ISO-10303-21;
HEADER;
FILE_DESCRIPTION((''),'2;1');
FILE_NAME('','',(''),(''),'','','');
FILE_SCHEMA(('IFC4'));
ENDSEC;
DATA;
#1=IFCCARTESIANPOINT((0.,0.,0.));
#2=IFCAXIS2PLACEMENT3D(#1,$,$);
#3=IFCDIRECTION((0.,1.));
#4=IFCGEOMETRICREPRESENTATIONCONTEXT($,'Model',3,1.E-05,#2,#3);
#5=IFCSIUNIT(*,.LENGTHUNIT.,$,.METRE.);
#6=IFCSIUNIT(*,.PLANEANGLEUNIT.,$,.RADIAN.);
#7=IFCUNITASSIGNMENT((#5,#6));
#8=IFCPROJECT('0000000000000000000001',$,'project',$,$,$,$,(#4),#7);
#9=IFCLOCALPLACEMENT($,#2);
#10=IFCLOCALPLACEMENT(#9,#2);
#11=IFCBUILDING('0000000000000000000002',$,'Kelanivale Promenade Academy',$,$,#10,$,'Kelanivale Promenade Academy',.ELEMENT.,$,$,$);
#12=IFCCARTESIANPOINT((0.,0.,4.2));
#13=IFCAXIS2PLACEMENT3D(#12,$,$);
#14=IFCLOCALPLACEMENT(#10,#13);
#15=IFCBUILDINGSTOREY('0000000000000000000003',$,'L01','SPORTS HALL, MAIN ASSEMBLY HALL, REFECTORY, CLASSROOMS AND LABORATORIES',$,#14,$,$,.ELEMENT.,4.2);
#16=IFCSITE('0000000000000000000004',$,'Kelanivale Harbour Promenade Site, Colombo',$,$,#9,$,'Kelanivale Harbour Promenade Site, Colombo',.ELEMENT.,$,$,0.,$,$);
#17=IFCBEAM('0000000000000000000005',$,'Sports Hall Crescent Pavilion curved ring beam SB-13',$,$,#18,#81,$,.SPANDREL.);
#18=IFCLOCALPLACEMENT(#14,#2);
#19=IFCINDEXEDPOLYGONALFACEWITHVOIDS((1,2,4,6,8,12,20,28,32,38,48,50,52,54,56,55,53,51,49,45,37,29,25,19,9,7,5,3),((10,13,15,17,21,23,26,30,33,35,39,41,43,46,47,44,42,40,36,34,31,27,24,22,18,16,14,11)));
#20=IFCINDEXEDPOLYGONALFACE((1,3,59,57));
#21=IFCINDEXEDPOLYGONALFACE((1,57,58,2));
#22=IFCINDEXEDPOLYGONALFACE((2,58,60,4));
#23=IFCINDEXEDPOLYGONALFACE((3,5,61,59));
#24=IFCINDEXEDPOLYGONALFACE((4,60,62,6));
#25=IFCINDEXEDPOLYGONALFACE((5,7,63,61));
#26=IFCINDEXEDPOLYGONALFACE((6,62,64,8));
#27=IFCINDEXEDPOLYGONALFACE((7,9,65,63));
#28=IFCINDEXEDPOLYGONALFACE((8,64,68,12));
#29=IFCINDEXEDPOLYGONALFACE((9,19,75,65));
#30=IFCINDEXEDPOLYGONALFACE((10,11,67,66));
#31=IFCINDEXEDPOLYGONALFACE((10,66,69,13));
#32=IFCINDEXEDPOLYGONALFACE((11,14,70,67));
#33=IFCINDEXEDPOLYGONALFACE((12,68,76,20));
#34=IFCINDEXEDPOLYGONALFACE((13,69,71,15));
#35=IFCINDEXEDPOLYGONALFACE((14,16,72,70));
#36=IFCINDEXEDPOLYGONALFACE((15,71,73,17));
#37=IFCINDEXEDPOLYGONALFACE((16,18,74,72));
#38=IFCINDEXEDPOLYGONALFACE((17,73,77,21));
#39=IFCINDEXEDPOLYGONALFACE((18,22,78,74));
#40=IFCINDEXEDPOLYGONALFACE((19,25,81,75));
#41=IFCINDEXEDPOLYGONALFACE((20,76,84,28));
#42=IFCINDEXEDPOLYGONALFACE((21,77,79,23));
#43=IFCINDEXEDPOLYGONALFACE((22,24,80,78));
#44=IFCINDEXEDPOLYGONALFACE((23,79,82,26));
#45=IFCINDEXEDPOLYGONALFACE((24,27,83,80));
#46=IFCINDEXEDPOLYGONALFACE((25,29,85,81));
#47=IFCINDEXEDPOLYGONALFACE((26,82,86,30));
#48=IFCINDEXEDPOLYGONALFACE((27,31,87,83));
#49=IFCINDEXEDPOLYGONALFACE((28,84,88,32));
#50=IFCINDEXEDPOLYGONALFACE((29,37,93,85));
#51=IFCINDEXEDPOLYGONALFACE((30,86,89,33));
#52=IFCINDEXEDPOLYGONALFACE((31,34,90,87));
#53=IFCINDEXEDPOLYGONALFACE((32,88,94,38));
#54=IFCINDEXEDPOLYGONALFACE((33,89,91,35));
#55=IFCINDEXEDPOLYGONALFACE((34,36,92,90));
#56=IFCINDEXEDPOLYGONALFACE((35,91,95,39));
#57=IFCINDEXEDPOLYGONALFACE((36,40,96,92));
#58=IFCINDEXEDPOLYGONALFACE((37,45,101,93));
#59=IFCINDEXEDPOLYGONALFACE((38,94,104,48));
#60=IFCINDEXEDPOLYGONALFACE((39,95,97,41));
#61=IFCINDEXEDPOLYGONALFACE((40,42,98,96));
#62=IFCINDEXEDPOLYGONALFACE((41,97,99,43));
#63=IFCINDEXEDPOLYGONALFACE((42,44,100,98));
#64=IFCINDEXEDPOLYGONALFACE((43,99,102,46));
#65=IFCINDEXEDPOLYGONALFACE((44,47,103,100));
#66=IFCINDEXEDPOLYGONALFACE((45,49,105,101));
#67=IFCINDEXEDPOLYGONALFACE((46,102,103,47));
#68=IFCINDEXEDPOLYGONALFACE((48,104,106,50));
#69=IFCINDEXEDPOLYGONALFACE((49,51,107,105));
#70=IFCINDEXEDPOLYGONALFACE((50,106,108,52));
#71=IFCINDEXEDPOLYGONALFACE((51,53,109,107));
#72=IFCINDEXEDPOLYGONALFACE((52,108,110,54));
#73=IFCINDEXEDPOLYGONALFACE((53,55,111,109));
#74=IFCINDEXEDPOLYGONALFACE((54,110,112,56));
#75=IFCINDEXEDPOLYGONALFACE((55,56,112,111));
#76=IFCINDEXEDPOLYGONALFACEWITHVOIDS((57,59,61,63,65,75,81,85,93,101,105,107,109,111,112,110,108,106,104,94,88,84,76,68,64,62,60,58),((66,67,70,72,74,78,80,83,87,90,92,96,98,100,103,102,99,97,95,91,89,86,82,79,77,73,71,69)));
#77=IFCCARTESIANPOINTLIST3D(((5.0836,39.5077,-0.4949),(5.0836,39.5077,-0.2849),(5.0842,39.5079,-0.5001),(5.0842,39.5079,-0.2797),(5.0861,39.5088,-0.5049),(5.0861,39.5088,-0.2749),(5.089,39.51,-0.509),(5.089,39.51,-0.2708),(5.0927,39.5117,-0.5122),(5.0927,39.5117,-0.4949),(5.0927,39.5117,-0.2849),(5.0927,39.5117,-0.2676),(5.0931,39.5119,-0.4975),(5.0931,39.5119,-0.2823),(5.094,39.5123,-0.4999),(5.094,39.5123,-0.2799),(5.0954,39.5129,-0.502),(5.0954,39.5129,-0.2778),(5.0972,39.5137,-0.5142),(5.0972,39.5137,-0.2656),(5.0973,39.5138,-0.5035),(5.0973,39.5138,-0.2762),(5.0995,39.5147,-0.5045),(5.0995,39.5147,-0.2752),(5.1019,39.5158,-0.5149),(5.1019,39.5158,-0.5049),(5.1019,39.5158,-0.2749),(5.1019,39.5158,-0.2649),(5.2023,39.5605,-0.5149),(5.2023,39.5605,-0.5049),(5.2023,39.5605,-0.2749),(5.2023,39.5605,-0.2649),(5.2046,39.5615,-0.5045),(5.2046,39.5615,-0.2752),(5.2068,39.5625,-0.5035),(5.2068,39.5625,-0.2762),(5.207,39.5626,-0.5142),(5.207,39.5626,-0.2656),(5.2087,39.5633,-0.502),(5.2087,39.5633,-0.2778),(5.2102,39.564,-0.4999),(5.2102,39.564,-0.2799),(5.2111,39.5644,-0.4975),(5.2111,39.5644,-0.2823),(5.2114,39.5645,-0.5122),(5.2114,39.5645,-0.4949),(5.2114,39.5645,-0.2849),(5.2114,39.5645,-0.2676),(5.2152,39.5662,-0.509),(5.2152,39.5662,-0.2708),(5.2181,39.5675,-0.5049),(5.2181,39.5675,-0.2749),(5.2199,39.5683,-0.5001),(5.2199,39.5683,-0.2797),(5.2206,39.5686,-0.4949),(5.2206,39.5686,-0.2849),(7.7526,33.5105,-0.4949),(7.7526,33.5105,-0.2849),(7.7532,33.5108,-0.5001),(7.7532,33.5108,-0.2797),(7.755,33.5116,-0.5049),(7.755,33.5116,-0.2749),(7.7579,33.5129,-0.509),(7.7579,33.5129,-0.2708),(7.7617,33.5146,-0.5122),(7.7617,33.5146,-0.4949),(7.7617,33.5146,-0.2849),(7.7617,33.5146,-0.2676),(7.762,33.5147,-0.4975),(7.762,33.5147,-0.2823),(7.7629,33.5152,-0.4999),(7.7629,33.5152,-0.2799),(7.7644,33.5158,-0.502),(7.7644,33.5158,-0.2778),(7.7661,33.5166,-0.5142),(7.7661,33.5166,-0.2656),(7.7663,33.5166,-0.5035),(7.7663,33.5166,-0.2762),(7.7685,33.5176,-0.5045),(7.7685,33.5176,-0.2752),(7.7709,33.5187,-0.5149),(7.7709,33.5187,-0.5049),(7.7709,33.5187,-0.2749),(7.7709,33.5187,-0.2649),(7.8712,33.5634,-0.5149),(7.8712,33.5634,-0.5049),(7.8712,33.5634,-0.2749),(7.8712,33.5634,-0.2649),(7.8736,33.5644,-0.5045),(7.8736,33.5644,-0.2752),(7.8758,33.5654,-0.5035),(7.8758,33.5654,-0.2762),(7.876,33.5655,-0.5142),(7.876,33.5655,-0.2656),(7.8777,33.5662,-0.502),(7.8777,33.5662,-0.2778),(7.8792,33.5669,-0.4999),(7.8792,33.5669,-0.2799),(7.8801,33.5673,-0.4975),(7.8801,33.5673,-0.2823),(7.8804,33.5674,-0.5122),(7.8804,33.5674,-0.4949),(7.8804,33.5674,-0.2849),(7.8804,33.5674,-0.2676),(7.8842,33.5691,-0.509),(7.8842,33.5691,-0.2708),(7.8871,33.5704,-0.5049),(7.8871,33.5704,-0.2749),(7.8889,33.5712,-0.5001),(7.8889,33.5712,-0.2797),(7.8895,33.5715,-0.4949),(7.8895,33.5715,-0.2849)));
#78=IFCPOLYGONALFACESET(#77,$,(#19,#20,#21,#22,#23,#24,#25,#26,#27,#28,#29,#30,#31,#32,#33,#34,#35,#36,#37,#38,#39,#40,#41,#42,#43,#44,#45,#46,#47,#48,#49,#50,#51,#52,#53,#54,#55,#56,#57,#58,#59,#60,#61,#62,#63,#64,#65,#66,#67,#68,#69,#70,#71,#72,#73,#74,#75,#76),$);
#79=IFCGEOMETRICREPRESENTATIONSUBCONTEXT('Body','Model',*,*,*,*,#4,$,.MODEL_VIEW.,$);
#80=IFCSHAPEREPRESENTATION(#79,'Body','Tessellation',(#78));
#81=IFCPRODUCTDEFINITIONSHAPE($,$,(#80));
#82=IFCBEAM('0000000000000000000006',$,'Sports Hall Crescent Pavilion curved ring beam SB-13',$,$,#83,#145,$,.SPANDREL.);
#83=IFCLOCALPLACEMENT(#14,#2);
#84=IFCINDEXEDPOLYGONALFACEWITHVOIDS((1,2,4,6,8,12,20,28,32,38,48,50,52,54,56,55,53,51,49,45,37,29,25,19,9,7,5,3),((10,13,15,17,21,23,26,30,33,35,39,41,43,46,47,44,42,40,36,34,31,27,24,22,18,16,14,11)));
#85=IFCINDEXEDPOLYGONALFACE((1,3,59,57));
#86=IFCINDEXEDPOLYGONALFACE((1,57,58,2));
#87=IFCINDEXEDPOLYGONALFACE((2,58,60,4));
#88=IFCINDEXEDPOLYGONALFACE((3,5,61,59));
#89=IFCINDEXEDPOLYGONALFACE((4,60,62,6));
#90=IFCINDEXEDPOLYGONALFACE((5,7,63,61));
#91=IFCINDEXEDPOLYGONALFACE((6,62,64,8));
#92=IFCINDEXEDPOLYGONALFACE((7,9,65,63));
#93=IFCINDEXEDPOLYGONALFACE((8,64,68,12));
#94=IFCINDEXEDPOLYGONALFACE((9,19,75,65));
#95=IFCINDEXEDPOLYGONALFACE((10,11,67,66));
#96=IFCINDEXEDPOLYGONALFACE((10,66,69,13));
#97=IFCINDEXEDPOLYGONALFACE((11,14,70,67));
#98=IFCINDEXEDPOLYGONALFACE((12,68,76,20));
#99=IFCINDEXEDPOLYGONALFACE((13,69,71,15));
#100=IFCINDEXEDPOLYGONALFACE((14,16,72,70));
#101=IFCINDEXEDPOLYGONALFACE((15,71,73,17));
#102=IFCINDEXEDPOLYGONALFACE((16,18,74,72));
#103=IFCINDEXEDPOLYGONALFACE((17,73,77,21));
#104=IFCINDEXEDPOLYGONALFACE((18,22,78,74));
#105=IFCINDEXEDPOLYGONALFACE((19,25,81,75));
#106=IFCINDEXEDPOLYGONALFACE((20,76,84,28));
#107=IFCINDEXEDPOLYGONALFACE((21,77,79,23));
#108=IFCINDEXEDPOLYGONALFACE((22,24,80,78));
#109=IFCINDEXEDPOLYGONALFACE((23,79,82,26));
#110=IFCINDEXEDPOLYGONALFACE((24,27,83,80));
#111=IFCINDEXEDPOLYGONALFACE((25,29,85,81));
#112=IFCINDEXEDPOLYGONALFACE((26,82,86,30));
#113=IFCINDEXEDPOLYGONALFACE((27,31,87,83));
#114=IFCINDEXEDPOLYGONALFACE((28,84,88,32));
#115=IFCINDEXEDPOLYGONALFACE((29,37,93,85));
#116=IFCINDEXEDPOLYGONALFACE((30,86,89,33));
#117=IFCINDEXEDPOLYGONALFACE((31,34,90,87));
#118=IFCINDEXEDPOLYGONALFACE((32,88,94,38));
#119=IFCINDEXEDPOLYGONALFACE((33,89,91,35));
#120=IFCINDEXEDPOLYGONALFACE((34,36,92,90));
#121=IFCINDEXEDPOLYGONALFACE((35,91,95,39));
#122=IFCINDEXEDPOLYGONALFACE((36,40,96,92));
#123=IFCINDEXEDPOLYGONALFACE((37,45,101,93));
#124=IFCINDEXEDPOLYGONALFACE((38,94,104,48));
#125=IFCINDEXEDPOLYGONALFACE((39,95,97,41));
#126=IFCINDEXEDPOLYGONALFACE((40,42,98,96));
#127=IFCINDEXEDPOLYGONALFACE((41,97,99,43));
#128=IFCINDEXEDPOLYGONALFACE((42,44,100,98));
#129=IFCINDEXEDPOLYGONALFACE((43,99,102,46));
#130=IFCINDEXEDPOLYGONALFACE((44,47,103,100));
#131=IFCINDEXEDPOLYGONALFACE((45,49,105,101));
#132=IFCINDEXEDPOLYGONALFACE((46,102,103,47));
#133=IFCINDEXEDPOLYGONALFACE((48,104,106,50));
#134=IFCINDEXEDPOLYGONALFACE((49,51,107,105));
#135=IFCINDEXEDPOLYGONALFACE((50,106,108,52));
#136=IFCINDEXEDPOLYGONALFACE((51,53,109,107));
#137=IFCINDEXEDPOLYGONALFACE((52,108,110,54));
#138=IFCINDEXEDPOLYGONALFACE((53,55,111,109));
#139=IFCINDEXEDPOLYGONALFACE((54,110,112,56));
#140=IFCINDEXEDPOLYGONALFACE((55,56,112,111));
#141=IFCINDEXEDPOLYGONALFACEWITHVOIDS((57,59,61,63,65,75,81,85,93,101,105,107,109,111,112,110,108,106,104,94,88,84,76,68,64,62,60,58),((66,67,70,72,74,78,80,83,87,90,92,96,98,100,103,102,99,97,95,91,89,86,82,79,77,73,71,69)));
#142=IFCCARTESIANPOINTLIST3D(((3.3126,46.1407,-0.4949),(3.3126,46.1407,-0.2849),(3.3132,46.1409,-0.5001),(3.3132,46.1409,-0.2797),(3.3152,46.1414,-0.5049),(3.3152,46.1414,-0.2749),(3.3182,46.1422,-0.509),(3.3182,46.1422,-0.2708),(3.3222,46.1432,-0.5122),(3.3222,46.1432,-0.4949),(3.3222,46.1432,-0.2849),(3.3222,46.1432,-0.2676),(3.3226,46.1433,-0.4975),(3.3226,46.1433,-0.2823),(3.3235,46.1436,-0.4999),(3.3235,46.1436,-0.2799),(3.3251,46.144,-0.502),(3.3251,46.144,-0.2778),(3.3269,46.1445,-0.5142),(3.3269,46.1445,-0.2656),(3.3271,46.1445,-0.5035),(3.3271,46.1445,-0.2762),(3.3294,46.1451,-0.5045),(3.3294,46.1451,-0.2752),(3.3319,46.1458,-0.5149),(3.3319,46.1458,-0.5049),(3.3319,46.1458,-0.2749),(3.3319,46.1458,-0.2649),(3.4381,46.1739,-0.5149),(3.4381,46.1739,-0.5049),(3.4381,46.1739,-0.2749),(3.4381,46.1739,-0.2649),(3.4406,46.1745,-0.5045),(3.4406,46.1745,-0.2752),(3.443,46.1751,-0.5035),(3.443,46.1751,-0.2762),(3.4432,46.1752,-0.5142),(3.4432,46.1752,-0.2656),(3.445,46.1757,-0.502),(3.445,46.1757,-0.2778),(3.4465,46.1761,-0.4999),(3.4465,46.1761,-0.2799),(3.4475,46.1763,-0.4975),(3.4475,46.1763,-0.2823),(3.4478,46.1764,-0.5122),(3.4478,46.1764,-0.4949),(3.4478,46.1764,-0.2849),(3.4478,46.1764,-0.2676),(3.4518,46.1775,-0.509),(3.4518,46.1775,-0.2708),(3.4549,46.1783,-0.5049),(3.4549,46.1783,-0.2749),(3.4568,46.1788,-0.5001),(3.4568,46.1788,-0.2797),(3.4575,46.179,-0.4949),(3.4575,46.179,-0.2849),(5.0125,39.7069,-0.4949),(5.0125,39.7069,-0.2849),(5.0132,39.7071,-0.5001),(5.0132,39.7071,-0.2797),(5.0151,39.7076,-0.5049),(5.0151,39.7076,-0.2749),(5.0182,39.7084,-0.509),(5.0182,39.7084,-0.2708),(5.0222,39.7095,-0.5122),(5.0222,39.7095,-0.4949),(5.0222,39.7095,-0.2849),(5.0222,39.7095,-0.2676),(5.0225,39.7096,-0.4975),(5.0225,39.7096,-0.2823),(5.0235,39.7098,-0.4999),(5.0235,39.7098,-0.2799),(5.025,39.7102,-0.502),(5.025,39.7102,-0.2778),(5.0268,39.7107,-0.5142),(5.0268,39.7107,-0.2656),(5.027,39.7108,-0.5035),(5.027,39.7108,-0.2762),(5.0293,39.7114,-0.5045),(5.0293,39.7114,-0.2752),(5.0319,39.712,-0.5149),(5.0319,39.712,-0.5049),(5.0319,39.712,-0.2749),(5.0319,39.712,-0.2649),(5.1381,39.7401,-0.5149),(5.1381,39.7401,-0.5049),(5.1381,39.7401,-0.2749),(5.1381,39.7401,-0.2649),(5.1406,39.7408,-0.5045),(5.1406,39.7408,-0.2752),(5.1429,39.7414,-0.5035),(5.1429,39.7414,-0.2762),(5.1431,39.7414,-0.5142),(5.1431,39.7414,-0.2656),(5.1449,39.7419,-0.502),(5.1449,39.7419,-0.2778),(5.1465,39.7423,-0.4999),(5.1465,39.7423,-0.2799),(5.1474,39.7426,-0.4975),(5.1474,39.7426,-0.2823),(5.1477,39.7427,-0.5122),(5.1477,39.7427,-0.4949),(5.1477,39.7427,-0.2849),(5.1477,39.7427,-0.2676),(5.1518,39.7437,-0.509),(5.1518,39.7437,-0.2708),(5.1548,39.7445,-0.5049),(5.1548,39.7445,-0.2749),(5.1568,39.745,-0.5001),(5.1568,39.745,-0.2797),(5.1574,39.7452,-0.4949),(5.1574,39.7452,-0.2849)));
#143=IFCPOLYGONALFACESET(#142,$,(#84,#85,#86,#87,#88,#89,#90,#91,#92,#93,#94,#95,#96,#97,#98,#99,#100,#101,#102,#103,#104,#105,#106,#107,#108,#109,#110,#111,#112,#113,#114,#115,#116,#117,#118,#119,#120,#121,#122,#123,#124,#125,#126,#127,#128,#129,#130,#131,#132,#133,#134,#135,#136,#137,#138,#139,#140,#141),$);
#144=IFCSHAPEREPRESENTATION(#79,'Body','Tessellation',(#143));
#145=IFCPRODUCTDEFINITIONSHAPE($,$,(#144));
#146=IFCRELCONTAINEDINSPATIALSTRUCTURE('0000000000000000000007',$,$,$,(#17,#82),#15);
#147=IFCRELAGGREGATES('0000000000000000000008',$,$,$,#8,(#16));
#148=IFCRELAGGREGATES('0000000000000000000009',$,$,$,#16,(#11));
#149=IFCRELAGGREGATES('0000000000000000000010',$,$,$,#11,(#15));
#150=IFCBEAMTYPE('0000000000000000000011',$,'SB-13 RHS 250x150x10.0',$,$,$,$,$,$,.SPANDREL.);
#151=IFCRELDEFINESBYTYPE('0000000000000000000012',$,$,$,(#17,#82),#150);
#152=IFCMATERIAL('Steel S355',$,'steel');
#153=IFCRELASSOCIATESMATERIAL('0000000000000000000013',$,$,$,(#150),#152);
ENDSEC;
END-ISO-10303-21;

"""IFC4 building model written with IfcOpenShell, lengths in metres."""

from ifc_helpers import new_model, si_unit, direction, frame, origin, origin_2d, place, context, subcontext, project, spatial, hollow_rectangle, extrude, material, material_profile, profile_set, type_object, element, save


model = new_model("IFC4")

# Units and contexts
model_context = context("Model", 3, precision=1e-05, world=origin(), true_north=direction((0.0, 1.0)))
body_context = subcontext(model_context, "Body", "Model", "MODEL_VIEW")
ifc_project = project(units=[si_unit("LENGTHUNIT", "METRE"), si_unit("PLANEANGLEUNIT", "RADIAN")], contexts=[model_context])

# Site, building, storey
site_placement = place(None, origin())
site = spatial("IfcSite", under=ifc_project, at=site_placement, Name="Kelanivale Harbour Promenade Site, Colombo", LongName="Kelanivale Harbour Promenade Site, Colombo", CompositionType="ELEMENT", RefElevation=0.0)
building_placement = place(site_placement, origin())
building = spatial("IfcBuilding", under=site, at=building_placement, Name="Kelanivale Promenade Academy", LongName="Kelanivale Promenade Academy", CompositionType="ELEMENT")
storey_placement = place(building_placement, frame((0.0, 0.0, 4.2)))
storey = spatial("IfcBuildingStorey", under=building, at=storey_placement, Name="L01", Description="SPORTS HALL, MAIN ASSEMBLY HALL, REFECTORY, CLASSROOMS AND LABORATORIES", CompositionType="ELEMENT", Elevation=4.2)

# Shared definitions
ifc_material_1 = material(Name="Steel S355", Category="steel")

# Beams
ifc_material_profile_1 = material_profile(ifc_material_1, hollow_rectangle(XDim=0.1499, YDim=0.25, WallThickness=0.01, InnerFilletRadius=0.01, OuterFilletRadius=0.02, at=origin_2d()), Name="RHS 250x150x10.0")
ifc_profile_set_1 = profile_set([ifc_material_profile_1], Name="Steel S355")
beam_type_1 = type_object("IfcBeamType", Name="SB-13 RHS 250x150x10.0", PredefinedType="SPANDREL", material=ifc_profile_set_1)
beam_1_placement = place(storey_placement, frame((7.821, 33.541, -0.3899), z_axis=(-0.406594, 0.913609, 0.0), x_axis=(-0.913609, -0.406594, 0.0)))
element("IfcBeam", 1, at=beam_1_placement, inside=storey, type_object=beam_type_1, Name="Sports Hall Crescent Pavilion curved ring beam SB-13", PredefinedType="SPANDREL", context=body_context, shape_type="SweptSolid", body=[
    extrude(hollow_rectangle(XDim=0.1499, YDim=0.25, WallThickness=0.01, InnerFilletRadius=0.01, OuterFilletRadius=0.02, at=origin_2d()), origin(), (0.0, 0.0, 1.0), 6.5642),
])
beam_2_placement = place(storey_placement, frame((5.085, 39.7261, -0.3899), z_axis=(-0.255454, 0.966821, 0.0), x_axis=(-0.966821, -0.255454, 0.0)))
element("IfcBeam", 2, at=beam_2_placement, inside=storey, type_object=beam_type_1, Name="Sports Hall Crescent Pavilion curved ring beam SB-13", PredefinedType="SPANDREL", context=body_context, shape_type="SweptSolid", body=[
    extrude(hollow_rectangle(XDim=0.1499, YDim=0.25, WallThickness=0.01, InnerFilletRadius=0.01, OuterFilletRadius=0.02, at=origin_2d()), origin(), (0.0, 0.0, 1.0), 6.6545),
])

save(model, "model.ifc")
